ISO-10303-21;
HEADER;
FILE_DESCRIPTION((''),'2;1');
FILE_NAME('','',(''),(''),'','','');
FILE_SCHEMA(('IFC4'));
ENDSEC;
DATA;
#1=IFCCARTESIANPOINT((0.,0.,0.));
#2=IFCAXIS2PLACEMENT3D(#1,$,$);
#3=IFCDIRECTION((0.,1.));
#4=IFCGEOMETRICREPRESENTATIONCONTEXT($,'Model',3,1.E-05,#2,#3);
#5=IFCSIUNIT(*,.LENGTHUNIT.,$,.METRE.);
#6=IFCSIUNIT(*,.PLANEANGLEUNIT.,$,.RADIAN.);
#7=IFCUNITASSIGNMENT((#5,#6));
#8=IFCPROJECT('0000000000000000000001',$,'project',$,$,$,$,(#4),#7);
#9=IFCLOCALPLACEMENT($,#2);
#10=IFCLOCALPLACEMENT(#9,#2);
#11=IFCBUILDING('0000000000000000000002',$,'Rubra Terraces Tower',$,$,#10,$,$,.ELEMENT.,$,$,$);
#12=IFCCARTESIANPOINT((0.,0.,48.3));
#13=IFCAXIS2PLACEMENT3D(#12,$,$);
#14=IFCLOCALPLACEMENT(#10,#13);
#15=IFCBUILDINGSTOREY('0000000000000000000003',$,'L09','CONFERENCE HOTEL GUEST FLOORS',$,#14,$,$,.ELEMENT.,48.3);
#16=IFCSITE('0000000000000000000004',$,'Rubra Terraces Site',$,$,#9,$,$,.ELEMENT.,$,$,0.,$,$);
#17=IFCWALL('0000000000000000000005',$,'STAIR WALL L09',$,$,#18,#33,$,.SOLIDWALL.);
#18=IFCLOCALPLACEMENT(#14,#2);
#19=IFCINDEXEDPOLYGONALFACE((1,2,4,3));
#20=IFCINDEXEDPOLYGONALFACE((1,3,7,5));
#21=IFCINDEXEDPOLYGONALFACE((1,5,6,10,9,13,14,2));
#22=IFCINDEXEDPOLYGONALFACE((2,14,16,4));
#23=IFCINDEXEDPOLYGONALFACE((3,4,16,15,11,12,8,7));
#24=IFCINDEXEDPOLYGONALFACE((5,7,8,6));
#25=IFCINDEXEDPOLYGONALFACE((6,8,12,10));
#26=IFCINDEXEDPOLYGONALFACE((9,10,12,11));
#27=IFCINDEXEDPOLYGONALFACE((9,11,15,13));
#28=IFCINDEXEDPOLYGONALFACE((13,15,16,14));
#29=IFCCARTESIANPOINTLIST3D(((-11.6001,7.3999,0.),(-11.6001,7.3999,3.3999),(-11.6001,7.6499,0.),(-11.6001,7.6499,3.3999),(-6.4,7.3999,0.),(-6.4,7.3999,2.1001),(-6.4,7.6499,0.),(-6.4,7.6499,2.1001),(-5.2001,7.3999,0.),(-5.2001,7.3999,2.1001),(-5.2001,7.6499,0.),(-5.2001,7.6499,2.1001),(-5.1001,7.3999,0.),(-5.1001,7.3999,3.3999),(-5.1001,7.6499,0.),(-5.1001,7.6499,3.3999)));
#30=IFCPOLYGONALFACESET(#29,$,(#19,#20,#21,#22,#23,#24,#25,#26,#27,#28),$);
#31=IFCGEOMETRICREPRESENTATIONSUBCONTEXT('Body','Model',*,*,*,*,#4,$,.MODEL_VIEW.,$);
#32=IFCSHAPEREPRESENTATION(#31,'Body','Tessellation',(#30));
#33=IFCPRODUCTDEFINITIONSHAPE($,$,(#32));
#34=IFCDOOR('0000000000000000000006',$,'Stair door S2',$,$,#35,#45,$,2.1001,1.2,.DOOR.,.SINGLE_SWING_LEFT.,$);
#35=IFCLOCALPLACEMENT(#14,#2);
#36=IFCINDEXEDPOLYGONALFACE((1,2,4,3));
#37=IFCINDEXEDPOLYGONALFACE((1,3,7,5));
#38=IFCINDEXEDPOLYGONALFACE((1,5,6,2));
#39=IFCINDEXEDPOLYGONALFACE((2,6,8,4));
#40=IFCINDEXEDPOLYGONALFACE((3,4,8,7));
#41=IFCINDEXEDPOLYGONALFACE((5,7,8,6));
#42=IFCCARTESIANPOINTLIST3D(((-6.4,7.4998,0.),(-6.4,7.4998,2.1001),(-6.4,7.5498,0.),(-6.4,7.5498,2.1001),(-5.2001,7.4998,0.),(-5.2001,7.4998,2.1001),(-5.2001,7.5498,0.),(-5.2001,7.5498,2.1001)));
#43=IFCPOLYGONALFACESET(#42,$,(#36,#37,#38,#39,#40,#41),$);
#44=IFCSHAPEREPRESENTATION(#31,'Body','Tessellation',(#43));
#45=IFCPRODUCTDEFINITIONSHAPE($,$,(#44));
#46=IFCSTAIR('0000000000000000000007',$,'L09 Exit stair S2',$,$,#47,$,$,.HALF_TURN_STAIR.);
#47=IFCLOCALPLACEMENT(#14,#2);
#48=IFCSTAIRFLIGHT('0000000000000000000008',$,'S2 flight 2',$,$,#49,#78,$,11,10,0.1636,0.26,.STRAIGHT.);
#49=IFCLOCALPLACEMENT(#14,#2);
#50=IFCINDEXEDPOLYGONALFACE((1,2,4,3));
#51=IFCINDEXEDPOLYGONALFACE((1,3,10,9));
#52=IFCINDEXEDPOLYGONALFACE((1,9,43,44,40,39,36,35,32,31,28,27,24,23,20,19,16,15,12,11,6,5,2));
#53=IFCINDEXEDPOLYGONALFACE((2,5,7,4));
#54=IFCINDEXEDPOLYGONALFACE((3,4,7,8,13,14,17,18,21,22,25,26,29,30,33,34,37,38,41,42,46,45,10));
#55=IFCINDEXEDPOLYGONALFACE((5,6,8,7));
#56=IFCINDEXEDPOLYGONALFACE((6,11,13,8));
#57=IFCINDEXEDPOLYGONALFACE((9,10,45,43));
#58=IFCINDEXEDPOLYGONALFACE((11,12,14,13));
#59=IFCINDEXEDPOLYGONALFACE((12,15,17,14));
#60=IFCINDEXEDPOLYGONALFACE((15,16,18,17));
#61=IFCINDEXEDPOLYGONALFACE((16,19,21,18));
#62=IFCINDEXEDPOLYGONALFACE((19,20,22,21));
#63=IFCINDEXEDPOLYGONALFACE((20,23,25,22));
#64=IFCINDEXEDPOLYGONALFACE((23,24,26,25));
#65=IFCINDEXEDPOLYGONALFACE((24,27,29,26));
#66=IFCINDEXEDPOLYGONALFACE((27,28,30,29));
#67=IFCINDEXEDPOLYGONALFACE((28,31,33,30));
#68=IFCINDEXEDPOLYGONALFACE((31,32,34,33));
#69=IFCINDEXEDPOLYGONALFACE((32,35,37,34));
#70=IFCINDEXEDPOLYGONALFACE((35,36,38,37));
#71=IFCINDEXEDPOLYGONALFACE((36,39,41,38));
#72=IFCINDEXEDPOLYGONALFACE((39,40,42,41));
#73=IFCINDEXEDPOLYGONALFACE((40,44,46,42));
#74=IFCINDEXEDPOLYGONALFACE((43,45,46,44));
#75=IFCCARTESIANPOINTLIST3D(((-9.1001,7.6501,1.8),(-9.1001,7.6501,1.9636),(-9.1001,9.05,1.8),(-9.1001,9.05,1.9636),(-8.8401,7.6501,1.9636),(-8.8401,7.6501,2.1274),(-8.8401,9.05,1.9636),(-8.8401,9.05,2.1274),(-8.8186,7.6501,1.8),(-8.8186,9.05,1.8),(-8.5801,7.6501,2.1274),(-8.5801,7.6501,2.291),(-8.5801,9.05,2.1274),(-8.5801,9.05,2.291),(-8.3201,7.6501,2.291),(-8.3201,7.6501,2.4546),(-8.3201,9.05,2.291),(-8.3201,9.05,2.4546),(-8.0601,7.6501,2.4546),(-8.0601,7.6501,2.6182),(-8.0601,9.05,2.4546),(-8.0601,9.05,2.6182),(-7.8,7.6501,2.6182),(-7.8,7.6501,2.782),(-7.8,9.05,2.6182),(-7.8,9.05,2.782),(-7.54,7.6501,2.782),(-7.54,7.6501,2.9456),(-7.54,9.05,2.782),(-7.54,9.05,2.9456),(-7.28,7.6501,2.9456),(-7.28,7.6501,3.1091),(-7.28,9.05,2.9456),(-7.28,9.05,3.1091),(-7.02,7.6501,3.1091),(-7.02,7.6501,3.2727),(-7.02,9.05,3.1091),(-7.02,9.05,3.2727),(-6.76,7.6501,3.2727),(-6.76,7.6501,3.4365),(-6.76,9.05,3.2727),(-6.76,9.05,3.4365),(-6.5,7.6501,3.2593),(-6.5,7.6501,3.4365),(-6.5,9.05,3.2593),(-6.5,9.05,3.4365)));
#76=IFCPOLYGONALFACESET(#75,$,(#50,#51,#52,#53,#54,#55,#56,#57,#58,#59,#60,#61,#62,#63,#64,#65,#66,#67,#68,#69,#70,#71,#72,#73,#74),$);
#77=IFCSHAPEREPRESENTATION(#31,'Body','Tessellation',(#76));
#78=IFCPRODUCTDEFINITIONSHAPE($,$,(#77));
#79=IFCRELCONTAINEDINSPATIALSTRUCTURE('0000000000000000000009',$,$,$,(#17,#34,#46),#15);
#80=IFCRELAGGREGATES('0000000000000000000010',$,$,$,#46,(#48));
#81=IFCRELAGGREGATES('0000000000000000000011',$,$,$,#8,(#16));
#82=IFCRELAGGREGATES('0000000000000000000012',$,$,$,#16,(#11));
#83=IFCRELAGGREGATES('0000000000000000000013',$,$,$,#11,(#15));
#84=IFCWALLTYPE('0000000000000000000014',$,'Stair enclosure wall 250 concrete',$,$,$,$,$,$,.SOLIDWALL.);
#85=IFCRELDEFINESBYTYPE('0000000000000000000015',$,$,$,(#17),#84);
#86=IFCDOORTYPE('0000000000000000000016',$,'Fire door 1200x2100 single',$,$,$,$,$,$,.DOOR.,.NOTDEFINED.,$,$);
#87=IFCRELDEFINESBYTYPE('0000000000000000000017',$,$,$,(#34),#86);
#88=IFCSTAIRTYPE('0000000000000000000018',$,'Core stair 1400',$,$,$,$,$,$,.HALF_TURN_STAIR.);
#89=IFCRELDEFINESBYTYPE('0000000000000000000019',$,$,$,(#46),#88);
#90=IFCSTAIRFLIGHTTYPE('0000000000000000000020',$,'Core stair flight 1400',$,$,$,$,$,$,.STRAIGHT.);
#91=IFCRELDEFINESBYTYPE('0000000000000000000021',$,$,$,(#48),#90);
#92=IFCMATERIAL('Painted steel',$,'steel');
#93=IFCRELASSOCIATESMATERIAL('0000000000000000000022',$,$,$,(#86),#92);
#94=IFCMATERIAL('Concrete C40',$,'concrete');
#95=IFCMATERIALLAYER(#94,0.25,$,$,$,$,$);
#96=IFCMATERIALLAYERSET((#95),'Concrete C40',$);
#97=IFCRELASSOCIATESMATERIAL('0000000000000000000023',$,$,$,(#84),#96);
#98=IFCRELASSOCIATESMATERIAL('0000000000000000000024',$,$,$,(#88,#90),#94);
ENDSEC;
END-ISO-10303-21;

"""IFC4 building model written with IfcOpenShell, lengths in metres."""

from ifc_helpers import new_model, si_unit, direction, frame, frame_2d, origin, place, context, subcontext, project, spatial, polyline, rectangle, outline, extrude, material, layer, layer_set, type_object, element, fill, aggregate, save


model = new_model("IFC4")

# Units and contexts
model_context = context("Model", 3, precision=1e-05, world=origin(), true_north=direction((0.0, 1.0)))
body_context = subcontext(model_context, "Body", "Model", "MODEL_VIEW")
ifc_project = project(units=[si_unit("LENGTHUNIT", "METRE"), si_unit("PLANEANGLEUNIT", "RADIAN")], contexts=[model_context])

# Site, building, storey
site_placement = place(None, origin())
site = spatial("IfcSite", under=ifc_project, at=site_placement, Name="Rubra Terraces Site", CompositionType="ELEMENT", RefElevation=0.0)
building_placement = place(site_placement, origin())
building = spatial("IfcBuilding", under=site, at=building_placement, Name="Rubra Terraces Tower", CompositionType="ELEMENT")
storey_placement = place(building_placement, frame((0.0, 0.0, 48.3)))
storey = spatial("IfcBuildingStorey", under=building, at=storey_placement, Name="L09", Description="CONFERENCE HOTEL GUEST FLOORS", CompositionType="ELEMENT", Elevation=48.3)

# Shared definitions
ifc_material_1 = material(Name="Painted steel", Category="steel")
door_type_1 = type_object("IfcDoorType", Name="Fire door 1200x2100 single", OperationType="NOTDEFINED", PredefinedType="DOOR", material=ifc_material_1)

# Wall, opening, door
ifc_material_2 = material(Name="Concrete C40", Category="concrete")
ifc_layer_1 = layer(ifc_material_2, 0.25)
ifc_layer_set_1 = layer_set([ifc_layer_1], Name="Concrete C40")
wall_type_1 = type_object("IfcWallType", Name="Stair enclosure wall 250 concrete", PredefinedType="SOLIDWALL", material=ifc_layer_set_1)
wall_1_placement = place(storey_placement, frame((-11.6001, 7.5249, 0.0), z_axis=(0.0, 0.0, 1.0), x_axis=(1.0, 0.0, 0.0)))
wall_1 = element("IfcWall", 1, at=wall_1_placement, inside=storey, type_object=wall_type_1, Name="STAIR WALL L09", PredefinedType="SOLIDWALL", context=body_context, shape_type="SweptSolid", body=[
    extrude(rectangle(XDim=6.5, YDim=0.25, at=frame_2d((3.25, 0.0))), origin(), (0.0, 0.0, 1.0), 3.3999),
])
opening_1_placement = place(wall_1_placement, frame((5.2, 0.0, 0.0)))
opening_1 = element("IfcOpeningElement", 2, at=opening_1_placement, cuts=wall_1, PredefinedType="OPENING", context=body_context, shape_type="SweptSolid", body=[
    extrude(rectangle(XDim=1.2, YDim=2.1001, at=frame_2d((0.6001, 1.05))), frame((0.0, 0.135, 0.0), z_axis=(0.0, -1.0, 0.0), x_axis=(1.0, 0.0, 0.0)), (0.0, 0.0, 1.0), 0.27),
])
door_1_placement = place(opening_1_placement, origin())
door_1 = element("IfcDoor", 3, at=door_1_placement, inside=storey, type_object=door_type_1, Name="Stair door S2", OperationType="SINGLE_SWING_LEFT", OverallHeight=2.1001, OverallWidth=1.2, PredefinedType="DOOR", context=body_context, shape_type="SweptSolid", body=[
    extrude(rectangle(XDim=1.2, YDim=2.1001, at=frame_2d((0.6001, 1.05))), frame((0.0, 0.0249, 0.0), z_axis=(0.0, -1.0, 0.0), x_axis=(1.0, 0.0, 0.0)), (0.0, 0.0, 1.0), 0.05),
])
fill(opening_1, door_1)

# Stair, stair flight
stair_type = type_object("IfcStairType", Name="Core stair 1400", PredefinedType="HALF_TURN_STAIR", material=ifc_material_2)
stair_placement = place(storey_placement, origin())
stair = element("IfcStair", 4, at=stair_placement, inside=storey, type_object=stair_type, Name="L09 Exit stair S2", PredefinedType="HALF_TURN_STAIR")
stair_flight_type = type_object("IfcStairFlightType", Name="Core stair flight 1400", PredefinedType="STRAIGHT", material=ifc_material_2)
stair_flight_placement = place(storey_placement, frame((-9.1001, 8.3501, 1.8), z_axis=(0.0, 0.0, 1.0), x_axis=(1.0, 0.0, 0.0)))
stair_flight = element("IfcStairFlight", 5, at=stair_flight_placement, type_object=stair_flight_type, Name="S2 flight 2", NumberOfRisers=11, NumberOfTreads=10, PredefinedType="STRAIGHT", RiserHeight=0.1636, TreadLength=0.26, context=body_context, shape_type="SweptSolid", body=[
    extrude(outline(polyline([(0.0, 0.0), (0.0, 0.1636), (0.26, 0.1636), (0.26, 0.3274), (0.52, 0.3274), (0.52, 0.491), (0.78, 0.491), (0.78, 0.6545), (1.04, 0.6545), (1.04, 0.8181), (1.3, 0.8181), (1.3, 0.9819), (1.5601, 0.9819), (1.5601, 1.1455), (1.8201, 1.1455), (1.8201, 1.3091), (2.0801, 1.3091), (2.0801, 1.4727), (2.3401, 1.4727), (2.3401, 1.6365), (2.6001, 1.6365), (2.6001, 1.8), (2.6001, 1.4592), (0.2815, 0.0), (0.0, 0.0)])), frame((0.0, 0.7, 0.0), z_axis=(0.0, -1.0, 0.0), x_axis=(1.0, 0.0, 0.0)), (0.0, 0.0, 1.0), 1.3999),
])
aggregate(stair, [stair_flight])

save(model, "model.ifc")
